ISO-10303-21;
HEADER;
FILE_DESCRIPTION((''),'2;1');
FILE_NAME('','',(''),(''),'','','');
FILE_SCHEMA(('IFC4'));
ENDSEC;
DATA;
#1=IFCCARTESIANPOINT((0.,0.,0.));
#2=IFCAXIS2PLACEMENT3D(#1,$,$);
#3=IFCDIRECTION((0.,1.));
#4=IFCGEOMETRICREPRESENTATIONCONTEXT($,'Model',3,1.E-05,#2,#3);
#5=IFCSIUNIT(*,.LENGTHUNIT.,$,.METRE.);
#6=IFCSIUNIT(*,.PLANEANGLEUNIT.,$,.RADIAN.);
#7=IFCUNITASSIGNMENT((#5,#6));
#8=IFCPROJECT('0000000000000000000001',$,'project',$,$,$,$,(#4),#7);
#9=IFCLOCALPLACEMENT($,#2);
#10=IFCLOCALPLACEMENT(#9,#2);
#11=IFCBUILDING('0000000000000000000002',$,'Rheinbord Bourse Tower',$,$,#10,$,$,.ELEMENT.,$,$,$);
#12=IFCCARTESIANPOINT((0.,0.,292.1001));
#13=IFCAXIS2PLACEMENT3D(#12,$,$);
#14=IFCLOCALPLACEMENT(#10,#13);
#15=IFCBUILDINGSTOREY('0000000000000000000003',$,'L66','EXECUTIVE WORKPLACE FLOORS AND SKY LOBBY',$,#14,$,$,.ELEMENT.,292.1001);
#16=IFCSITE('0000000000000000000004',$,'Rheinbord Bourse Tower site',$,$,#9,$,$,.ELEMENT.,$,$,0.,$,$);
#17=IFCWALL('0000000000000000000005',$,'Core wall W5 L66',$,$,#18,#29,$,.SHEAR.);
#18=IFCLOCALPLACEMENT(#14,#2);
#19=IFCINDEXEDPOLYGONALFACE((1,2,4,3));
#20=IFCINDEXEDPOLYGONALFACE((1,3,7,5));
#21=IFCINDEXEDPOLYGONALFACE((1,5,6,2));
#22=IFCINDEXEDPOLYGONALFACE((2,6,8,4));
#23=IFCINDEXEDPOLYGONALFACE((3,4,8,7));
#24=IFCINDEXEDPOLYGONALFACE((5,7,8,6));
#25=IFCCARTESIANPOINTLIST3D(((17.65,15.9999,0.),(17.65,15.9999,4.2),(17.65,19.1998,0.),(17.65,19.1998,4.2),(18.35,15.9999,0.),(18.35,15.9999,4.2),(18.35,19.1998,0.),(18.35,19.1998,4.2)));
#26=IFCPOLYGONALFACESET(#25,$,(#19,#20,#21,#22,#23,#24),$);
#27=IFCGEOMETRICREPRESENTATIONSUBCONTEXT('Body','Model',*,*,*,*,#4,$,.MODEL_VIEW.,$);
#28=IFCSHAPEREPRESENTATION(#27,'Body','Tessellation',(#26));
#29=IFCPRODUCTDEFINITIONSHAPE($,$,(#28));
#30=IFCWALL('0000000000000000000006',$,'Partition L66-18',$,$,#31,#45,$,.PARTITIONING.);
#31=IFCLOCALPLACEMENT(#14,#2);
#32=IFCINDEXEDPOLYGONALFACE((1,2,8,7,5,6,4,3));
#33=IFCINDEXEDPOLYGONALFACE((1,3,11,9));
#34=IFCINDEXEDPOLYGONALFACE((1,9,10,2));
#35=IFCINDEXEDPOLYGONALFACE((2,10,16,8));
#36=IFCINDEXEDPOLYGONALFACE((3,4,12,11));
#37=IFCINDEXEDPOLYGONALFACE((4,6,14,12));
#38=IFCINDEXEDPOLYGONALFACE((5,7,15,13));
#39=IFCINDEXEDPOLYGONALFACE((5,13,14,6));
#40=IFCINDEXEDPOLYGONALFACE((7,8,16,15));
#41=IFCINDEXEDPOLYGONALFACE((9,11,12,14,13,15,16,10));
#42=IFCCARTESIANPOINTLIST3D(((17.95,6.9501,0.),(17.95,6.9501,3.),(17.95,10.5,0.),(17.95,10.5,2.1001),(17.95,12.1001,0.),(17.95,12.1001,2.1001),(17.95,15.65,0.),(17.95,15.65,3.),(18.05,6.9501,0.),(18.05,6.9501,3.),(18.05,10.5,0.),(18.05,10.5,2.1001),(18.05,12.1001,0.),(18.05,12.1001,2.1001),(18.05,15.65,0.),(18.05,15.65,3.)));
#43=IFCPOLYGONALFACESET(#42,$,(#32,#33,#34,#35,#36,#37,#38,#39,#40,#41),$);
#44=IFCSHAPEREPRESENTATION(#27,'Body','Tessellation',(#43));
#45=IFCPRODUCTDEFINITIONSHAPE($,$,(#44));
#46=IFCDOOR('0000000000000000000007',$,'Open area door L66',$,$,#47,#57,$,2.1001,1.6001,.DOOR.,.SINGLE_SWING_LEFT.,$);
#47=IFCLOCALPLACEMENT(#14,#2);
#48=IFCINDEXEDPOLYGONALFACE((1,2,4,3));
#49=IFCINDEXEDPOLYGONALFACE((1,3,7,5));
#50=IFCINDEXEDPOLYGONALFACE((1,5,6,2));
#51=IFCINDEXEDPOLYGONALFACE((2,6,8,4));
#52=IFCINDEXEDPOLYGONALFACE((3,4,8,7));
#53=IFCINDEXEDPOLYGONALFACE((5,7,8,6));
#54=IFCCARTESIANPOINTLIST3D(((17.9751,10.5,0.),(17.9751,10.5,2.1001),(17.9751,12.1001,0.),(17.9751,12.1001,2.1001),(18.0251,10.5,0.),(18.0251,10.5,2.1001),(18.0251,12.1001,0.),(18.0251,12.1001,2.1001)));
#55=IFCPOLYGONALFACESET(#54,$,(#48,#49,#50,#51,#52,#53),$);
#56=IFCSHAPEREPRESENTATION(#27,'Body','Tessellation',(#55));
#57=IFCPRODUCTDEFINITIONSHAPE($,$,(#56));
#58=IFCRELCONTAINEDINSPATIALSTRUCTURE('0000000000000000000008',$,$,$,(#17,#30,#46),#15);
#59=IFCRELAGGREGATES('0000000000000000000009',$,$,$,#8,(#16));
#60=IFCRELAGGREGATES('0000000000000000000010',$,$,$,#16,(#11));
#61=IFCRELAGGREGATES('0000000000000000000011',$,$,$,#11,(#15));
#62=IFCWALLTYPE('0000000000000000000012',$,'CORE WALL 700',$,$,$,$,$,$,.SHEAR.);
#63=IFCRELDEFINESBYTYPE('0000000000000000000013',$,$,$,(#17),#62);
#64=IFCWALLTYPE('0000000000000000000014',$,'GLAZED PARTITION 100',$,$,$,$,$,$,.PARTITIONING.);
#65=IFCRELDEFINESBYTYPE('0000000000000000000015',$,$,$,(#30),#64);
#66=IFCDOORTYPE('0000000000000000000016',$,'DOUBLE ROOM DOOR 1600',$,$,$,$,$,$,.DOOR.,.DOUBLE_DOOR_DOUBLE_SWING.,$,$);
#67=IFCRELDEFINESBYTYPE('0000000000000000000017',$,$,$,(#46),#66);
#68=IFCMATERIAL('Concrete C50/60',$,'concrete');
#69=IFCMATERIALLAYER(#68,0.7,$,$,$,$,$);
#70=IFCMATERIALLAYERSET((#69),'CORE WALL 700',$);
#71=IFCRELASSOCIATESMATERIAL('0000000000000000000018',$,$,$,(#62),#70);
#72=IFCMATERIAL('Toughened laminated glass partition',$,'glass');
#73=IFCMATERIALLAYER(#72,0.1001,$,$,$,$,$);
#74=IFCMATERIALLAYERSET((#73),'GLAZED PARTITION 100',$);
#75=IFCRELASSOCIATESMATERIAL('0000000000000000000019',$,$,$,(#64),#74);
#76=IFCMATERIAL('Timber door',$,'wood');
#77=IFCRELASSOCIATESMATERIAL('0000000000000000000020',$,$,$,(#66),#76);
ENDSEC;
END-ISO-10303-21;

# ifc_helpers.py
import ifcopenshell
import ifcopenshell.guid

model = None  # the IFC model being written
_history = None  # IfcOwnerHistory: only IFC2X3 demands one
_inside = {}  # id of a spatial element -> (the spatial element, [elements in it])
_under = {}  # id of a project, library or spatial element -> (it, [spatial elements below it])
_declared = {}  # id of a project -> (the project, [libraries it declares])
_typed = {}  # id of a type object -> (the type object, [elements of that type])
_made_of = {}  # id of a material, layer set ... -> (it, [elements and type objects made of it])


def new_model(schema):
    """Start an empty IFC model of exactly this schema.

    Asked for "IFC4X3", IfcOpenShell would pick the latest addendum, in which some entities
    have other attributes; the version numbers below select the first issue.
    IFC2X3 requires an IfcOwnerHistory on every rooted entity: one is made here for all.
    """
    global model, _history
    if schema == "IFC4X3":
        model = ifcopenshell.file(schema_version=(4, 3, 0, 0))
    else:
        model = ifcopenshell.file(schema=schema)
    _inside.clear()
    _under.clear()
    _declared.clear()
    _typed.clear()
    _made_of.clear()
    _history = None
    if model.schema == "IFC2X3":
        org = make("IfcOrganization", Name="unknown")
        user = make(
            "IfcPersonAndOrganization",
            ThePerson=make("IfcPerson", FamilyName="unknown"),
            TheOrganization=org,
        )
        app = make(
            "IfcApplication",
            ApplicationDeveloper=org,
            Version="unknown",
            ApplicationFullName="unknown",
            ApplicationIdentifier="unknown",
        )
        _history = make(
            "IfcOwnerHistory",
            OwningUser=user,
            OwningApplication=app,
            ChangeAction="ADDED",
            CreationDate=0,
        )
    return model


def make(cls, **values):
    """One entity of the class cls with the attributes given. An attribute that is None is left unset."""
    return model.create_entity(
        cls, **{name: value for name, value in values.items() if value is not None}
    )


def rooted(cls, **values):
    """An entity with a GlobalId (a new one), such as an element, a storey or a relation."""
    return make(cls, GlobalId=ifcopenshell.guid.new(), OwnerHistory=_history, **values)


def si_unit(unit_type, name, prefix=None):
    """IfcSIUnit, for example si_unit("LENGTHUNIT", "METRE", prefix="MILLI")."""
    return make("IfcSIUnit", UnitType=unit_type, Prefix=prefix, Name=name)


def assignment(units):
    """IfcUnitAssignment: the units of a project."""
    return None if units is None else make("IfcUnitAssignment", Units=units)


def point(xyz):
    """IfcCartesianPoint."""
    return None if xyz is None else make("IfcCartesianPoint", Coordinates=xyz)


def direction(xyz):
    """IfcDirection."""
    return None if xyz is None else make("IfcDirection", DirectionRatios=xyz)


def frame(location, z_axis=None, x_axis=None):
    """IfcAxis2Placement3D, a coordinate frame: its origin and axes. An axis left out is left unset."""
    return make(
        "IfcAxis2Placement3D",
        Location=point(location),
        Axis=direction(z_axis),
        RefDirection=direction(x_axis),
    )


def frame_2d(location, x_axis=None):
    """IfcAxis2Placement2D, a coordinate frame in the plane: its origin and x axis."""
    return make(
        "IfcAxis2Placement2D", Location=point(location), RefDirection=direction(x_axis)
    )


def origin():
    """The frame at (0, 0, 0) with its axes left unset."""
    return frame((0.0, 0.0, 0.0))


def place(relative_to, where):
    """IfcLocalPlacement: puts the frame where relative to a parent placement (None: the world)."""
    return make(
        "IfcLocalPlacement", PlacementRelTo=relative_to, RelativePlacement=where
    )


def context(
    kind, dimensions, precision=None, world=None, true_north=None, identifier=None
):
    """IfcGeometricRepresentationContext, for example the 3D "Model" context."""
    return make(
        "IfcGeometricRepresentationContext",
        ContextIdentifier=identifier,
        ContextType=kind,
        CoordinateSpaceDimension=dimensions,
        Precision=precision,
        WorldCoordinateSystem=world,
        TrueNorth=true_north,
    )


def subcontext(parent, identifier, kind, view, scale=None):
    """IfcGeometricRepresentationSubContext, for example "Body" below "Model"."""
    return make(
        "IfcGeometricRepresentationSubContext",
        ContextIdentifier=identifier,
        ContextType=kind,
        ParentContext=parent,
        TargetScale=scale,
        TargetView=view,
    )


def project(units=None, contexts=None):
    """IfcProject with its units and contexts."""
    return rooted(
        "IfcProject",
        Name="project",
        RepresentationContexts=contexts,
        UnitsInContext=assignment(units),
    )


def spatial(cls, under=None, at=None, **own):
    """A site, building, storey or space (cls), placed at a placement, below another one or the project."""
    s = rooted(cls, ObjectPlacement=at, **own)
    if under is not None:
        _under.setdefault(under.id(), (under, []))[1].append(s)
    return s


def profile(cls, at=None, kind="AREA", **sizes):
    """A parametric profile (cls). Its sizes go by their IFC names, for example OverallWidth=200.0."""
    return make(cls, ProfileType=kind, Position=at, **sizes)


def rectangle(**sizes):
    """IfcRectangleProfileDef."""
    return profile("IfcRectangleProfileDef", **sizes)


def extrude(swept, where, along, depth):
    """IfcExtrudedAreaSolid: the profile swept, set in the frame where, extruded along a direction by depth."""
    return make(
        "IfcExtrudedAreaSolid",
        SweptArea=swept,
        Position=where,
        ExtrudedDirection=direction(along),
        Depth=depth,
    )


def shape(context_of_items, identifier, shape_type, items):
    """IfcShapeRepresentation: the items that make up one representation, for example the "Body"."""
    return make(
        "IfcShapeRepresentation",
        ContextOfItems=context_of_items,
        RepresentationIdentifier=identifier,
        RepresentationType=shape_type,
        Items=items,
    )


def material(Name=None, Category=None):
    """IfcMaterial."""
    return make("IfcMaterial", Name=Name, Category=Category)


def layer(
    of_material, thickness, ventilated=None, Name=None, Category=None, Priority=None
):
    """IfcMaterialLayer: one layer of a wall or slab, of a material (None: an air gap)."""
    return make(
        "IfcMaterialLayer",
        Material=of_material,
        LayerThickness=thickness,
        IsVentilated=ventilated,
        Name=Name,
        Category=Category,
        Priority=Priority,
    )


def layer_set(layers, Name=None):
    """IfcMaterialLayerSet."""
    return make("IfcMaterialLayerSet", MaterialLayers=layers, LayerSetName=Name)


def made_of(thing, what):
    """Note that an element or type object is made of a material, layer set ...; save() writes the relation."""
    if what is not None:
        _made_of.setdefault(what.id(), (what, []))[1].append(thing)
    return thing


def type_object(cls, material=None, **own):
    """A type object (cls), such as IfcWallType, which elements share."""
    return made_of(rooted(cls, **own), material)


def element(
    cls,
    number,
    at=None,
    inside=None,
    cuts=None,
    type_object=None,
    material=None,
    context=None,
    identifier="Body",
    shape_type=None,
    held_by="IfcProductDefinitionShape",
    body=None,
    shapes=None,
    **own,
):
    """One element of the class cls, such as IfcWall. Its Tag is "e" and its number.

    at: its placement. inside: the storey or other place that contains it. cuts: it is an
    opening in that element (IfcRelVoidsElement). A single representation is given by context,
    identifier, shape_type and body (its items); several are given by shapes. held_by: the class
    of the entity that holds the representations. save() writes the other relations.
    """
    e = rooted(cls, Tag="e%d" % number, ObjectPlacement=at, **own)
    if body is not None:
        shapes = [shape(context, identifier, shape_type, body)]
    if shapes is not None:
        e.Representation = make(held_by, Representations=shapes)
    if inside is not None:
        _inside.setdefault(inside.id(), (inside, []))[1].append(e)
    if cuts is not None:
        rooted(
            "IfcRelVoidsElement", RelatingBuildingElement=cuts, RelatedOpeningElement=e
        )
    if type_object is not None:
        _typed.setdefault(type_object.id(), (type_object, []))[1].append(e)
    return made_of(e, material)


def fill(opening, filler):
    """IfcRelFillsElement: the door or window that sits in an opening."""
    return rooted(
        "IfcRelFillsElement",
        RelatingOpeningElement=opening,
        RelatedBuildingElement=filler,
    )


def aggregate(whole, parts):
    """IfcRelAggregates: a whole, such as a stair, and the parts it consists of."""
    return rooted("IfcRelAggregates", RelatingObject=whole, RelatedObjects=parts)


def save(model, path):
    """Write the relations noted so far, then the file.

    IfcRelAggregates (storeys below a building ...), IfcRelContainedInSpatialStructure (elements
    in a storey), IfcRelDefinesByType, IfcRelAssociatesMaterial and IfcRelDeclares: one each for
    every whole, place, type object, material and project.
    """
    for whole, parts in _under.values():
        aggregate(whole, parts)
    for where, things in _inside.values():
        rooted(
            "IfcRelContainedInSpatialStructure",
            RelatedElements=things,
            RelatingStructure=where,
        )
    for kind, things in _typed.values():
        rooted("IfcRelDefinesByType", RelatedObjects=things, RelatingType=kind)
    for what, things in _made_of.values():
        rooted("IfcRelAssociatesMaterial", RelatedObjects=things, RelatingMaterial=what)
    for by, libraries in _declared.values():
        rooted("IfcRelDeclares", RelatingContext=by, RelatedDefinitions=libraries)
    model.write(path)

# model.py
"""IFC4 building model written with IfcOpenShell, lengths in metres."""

from ifc_helpers import new_model, si_unit, direction, frame, frame_2d, origin, place, context, subcontext, project, spatial, rectangle, extrude, material, layer, layer_set, type_object, element, fill, save


model = new_model("IFC4")

# Units and contexts
model_context = context("Model", 3, precision=1e-05, world=origin(), true_north=direction((0.0, 1.0)))
body_context = subcontext(model_context, "Body", "Model", "MODEL_VIEW")
ifc_project = project(units=[si_unit("LENGTHUNIT", "METRE"), si_unit("PLANEANGLEUNIT", "RADIAN")], contexts=[model_context])

# Site, building, storey
site_placement = place(None, origin())
site = spatial("IfcSite", under=ifc_project, at=site_placement, Name="Rheinbord Bourse Tower site", CompositionType="ELEMENT", RefElevation=0.0)
building_placement = place(site_placement, origin())
building = spatial("IfcBuilding", under=site, at=building_placement, Name="Rheinbord Bourse Tower", CompositionType="ELEMENT")
storey_placement = place(building_placement, frame((0.0, 0.0, 292.1001)))
storey = spatial("IfcBuildingStorey", under=building, at=storey_placement, Name="L66", Description="EXECUTIVE WORKPLACE FLOORS AND SKY LOBBY", CompositionType="ELEMENT", Elevation=292.1001)

# Wall
ifc_material_1 = material(Name="Concrete C50/60", Category="concrete")
ifc_layer_1 = layer(ifc_material_1, 0.7)
ifc_layer_set_1 = layer_set([ifc_layer_1], Name="CORE WALL 700")
wall_type_1 = type_object("IfcWallType", Name="CORE WALL 700", PredefinedType="SHEAR", material=ifc_layer_set_1)
wall_1_placement = place(storey_placement, frame((18.0, 19.2, 0.0), z_axis=(0.0, 0.0, 1.0), x_axis=(0.0, -1.0, 0.0)))
element("IfcWall", 1, at=wall_1_placement, inside=storey, type_object=wall_type_1, Name="Core wall W5 L66", PredefinedType="SHEAR", context=body_context, shape_type="SweptSolid", body=[
    extrude(rectangle(XDim=3.2, YDim=0.7, at=frame_2d((1.6001, 0.0))), origin(), (0.0, 0.0, 1.0), 4.2),
])

# Wall, opening, door
ifc_material_2 = material(Name="Toughened laminated glass partition", Category="glass")
ifc_layer_2 = layer(ifc_material_2, 0.1001)
ifc_layer_set_2 = layer_set([ifc_layer_2], Name="GLAZED PARTITION 100")
wall_type_2 = type_object("IfcWallType", Name="GLAZED PARTITION 100", PredefinedType="PARTITIONING", material=ifc_layer_set_2)
wall_2_placement = place(storey_placement, frame((18.0, 6.95, 0.0), z_axis=(0.0, 0.0, 1.0), x_axis=(0.0, 1.0, 0.0)))
wall_2 = element("IfcWall", 2, at=wall_2_placement, inside=storey, type_object=wall_type_2, Name="Partition L66-18", PredefinedType="PARTITIONING", context=body_context, shape_type="SweptSolid", body=[
    extrude(rectangle(XDim=8.7, YDim=0.1001, at=frame_2d((4.3501, 0.0))), origin(), (0.0, 0.0, 1.0), 3.0),
])
opening_1_placement = place(wall_2_placement, frame((3.55, 0.0, 0.0)))
opening_1 = element("IfcOpeningElement", 3, at=opening_1_placement, cuts=wall_2, PredefinedType="OPENING", context=body_context, shape_type="SweptSolid", body=[
    extrude(rectangle(XDim=1.6001, YDim=2.1001, at=frame_2d((0.8, 1.05))), frame((0.0, 0.0601, 0.0), z_axis=(0.0, -1.0, 0.0), x_axis=(1.0, 0.0, 0.0)), (0.0, 0.0, 1.0), 0.1201),
])
ifc_material_3 = material(Name="Timber door", Category="wood")
door_type_1 = type_object("IfcDoorType", Name="DOUBLE ROOM DOOR 1600", OperationType="DOUBLE_DOOR_DOUBLE_SWING", PredefinedType="DOOR", material=ifc_material_3)
door_1_placement = place(opening_1_placement, origin())
door_1 = element("IfcDoor", 4, at=door_1_placement, inside=storey, type_object=door_type_1, Name="Open area door L66", OperationType="SINGLE_SWING_LEFT", OverallHeight=2.1001, OverallWidth=1.6001, PredefinedType="DOOR", context=body_context, shape_type="SweptSolid", body=[
    extrude(rectangle(XDim=1.6001, YDim=2.1001, at=frame_2d((0.8, 1.05))), frame((0.0, 0.0249, 0.0), z_axis=(0.0, -1.0, 0.0), x_axis=(1.0, 0.0, 0.0)), (0.0, 0.0, 1.0), 0.05),
])
fill(opening_1, door_1)

save(model, "model.ifc")
